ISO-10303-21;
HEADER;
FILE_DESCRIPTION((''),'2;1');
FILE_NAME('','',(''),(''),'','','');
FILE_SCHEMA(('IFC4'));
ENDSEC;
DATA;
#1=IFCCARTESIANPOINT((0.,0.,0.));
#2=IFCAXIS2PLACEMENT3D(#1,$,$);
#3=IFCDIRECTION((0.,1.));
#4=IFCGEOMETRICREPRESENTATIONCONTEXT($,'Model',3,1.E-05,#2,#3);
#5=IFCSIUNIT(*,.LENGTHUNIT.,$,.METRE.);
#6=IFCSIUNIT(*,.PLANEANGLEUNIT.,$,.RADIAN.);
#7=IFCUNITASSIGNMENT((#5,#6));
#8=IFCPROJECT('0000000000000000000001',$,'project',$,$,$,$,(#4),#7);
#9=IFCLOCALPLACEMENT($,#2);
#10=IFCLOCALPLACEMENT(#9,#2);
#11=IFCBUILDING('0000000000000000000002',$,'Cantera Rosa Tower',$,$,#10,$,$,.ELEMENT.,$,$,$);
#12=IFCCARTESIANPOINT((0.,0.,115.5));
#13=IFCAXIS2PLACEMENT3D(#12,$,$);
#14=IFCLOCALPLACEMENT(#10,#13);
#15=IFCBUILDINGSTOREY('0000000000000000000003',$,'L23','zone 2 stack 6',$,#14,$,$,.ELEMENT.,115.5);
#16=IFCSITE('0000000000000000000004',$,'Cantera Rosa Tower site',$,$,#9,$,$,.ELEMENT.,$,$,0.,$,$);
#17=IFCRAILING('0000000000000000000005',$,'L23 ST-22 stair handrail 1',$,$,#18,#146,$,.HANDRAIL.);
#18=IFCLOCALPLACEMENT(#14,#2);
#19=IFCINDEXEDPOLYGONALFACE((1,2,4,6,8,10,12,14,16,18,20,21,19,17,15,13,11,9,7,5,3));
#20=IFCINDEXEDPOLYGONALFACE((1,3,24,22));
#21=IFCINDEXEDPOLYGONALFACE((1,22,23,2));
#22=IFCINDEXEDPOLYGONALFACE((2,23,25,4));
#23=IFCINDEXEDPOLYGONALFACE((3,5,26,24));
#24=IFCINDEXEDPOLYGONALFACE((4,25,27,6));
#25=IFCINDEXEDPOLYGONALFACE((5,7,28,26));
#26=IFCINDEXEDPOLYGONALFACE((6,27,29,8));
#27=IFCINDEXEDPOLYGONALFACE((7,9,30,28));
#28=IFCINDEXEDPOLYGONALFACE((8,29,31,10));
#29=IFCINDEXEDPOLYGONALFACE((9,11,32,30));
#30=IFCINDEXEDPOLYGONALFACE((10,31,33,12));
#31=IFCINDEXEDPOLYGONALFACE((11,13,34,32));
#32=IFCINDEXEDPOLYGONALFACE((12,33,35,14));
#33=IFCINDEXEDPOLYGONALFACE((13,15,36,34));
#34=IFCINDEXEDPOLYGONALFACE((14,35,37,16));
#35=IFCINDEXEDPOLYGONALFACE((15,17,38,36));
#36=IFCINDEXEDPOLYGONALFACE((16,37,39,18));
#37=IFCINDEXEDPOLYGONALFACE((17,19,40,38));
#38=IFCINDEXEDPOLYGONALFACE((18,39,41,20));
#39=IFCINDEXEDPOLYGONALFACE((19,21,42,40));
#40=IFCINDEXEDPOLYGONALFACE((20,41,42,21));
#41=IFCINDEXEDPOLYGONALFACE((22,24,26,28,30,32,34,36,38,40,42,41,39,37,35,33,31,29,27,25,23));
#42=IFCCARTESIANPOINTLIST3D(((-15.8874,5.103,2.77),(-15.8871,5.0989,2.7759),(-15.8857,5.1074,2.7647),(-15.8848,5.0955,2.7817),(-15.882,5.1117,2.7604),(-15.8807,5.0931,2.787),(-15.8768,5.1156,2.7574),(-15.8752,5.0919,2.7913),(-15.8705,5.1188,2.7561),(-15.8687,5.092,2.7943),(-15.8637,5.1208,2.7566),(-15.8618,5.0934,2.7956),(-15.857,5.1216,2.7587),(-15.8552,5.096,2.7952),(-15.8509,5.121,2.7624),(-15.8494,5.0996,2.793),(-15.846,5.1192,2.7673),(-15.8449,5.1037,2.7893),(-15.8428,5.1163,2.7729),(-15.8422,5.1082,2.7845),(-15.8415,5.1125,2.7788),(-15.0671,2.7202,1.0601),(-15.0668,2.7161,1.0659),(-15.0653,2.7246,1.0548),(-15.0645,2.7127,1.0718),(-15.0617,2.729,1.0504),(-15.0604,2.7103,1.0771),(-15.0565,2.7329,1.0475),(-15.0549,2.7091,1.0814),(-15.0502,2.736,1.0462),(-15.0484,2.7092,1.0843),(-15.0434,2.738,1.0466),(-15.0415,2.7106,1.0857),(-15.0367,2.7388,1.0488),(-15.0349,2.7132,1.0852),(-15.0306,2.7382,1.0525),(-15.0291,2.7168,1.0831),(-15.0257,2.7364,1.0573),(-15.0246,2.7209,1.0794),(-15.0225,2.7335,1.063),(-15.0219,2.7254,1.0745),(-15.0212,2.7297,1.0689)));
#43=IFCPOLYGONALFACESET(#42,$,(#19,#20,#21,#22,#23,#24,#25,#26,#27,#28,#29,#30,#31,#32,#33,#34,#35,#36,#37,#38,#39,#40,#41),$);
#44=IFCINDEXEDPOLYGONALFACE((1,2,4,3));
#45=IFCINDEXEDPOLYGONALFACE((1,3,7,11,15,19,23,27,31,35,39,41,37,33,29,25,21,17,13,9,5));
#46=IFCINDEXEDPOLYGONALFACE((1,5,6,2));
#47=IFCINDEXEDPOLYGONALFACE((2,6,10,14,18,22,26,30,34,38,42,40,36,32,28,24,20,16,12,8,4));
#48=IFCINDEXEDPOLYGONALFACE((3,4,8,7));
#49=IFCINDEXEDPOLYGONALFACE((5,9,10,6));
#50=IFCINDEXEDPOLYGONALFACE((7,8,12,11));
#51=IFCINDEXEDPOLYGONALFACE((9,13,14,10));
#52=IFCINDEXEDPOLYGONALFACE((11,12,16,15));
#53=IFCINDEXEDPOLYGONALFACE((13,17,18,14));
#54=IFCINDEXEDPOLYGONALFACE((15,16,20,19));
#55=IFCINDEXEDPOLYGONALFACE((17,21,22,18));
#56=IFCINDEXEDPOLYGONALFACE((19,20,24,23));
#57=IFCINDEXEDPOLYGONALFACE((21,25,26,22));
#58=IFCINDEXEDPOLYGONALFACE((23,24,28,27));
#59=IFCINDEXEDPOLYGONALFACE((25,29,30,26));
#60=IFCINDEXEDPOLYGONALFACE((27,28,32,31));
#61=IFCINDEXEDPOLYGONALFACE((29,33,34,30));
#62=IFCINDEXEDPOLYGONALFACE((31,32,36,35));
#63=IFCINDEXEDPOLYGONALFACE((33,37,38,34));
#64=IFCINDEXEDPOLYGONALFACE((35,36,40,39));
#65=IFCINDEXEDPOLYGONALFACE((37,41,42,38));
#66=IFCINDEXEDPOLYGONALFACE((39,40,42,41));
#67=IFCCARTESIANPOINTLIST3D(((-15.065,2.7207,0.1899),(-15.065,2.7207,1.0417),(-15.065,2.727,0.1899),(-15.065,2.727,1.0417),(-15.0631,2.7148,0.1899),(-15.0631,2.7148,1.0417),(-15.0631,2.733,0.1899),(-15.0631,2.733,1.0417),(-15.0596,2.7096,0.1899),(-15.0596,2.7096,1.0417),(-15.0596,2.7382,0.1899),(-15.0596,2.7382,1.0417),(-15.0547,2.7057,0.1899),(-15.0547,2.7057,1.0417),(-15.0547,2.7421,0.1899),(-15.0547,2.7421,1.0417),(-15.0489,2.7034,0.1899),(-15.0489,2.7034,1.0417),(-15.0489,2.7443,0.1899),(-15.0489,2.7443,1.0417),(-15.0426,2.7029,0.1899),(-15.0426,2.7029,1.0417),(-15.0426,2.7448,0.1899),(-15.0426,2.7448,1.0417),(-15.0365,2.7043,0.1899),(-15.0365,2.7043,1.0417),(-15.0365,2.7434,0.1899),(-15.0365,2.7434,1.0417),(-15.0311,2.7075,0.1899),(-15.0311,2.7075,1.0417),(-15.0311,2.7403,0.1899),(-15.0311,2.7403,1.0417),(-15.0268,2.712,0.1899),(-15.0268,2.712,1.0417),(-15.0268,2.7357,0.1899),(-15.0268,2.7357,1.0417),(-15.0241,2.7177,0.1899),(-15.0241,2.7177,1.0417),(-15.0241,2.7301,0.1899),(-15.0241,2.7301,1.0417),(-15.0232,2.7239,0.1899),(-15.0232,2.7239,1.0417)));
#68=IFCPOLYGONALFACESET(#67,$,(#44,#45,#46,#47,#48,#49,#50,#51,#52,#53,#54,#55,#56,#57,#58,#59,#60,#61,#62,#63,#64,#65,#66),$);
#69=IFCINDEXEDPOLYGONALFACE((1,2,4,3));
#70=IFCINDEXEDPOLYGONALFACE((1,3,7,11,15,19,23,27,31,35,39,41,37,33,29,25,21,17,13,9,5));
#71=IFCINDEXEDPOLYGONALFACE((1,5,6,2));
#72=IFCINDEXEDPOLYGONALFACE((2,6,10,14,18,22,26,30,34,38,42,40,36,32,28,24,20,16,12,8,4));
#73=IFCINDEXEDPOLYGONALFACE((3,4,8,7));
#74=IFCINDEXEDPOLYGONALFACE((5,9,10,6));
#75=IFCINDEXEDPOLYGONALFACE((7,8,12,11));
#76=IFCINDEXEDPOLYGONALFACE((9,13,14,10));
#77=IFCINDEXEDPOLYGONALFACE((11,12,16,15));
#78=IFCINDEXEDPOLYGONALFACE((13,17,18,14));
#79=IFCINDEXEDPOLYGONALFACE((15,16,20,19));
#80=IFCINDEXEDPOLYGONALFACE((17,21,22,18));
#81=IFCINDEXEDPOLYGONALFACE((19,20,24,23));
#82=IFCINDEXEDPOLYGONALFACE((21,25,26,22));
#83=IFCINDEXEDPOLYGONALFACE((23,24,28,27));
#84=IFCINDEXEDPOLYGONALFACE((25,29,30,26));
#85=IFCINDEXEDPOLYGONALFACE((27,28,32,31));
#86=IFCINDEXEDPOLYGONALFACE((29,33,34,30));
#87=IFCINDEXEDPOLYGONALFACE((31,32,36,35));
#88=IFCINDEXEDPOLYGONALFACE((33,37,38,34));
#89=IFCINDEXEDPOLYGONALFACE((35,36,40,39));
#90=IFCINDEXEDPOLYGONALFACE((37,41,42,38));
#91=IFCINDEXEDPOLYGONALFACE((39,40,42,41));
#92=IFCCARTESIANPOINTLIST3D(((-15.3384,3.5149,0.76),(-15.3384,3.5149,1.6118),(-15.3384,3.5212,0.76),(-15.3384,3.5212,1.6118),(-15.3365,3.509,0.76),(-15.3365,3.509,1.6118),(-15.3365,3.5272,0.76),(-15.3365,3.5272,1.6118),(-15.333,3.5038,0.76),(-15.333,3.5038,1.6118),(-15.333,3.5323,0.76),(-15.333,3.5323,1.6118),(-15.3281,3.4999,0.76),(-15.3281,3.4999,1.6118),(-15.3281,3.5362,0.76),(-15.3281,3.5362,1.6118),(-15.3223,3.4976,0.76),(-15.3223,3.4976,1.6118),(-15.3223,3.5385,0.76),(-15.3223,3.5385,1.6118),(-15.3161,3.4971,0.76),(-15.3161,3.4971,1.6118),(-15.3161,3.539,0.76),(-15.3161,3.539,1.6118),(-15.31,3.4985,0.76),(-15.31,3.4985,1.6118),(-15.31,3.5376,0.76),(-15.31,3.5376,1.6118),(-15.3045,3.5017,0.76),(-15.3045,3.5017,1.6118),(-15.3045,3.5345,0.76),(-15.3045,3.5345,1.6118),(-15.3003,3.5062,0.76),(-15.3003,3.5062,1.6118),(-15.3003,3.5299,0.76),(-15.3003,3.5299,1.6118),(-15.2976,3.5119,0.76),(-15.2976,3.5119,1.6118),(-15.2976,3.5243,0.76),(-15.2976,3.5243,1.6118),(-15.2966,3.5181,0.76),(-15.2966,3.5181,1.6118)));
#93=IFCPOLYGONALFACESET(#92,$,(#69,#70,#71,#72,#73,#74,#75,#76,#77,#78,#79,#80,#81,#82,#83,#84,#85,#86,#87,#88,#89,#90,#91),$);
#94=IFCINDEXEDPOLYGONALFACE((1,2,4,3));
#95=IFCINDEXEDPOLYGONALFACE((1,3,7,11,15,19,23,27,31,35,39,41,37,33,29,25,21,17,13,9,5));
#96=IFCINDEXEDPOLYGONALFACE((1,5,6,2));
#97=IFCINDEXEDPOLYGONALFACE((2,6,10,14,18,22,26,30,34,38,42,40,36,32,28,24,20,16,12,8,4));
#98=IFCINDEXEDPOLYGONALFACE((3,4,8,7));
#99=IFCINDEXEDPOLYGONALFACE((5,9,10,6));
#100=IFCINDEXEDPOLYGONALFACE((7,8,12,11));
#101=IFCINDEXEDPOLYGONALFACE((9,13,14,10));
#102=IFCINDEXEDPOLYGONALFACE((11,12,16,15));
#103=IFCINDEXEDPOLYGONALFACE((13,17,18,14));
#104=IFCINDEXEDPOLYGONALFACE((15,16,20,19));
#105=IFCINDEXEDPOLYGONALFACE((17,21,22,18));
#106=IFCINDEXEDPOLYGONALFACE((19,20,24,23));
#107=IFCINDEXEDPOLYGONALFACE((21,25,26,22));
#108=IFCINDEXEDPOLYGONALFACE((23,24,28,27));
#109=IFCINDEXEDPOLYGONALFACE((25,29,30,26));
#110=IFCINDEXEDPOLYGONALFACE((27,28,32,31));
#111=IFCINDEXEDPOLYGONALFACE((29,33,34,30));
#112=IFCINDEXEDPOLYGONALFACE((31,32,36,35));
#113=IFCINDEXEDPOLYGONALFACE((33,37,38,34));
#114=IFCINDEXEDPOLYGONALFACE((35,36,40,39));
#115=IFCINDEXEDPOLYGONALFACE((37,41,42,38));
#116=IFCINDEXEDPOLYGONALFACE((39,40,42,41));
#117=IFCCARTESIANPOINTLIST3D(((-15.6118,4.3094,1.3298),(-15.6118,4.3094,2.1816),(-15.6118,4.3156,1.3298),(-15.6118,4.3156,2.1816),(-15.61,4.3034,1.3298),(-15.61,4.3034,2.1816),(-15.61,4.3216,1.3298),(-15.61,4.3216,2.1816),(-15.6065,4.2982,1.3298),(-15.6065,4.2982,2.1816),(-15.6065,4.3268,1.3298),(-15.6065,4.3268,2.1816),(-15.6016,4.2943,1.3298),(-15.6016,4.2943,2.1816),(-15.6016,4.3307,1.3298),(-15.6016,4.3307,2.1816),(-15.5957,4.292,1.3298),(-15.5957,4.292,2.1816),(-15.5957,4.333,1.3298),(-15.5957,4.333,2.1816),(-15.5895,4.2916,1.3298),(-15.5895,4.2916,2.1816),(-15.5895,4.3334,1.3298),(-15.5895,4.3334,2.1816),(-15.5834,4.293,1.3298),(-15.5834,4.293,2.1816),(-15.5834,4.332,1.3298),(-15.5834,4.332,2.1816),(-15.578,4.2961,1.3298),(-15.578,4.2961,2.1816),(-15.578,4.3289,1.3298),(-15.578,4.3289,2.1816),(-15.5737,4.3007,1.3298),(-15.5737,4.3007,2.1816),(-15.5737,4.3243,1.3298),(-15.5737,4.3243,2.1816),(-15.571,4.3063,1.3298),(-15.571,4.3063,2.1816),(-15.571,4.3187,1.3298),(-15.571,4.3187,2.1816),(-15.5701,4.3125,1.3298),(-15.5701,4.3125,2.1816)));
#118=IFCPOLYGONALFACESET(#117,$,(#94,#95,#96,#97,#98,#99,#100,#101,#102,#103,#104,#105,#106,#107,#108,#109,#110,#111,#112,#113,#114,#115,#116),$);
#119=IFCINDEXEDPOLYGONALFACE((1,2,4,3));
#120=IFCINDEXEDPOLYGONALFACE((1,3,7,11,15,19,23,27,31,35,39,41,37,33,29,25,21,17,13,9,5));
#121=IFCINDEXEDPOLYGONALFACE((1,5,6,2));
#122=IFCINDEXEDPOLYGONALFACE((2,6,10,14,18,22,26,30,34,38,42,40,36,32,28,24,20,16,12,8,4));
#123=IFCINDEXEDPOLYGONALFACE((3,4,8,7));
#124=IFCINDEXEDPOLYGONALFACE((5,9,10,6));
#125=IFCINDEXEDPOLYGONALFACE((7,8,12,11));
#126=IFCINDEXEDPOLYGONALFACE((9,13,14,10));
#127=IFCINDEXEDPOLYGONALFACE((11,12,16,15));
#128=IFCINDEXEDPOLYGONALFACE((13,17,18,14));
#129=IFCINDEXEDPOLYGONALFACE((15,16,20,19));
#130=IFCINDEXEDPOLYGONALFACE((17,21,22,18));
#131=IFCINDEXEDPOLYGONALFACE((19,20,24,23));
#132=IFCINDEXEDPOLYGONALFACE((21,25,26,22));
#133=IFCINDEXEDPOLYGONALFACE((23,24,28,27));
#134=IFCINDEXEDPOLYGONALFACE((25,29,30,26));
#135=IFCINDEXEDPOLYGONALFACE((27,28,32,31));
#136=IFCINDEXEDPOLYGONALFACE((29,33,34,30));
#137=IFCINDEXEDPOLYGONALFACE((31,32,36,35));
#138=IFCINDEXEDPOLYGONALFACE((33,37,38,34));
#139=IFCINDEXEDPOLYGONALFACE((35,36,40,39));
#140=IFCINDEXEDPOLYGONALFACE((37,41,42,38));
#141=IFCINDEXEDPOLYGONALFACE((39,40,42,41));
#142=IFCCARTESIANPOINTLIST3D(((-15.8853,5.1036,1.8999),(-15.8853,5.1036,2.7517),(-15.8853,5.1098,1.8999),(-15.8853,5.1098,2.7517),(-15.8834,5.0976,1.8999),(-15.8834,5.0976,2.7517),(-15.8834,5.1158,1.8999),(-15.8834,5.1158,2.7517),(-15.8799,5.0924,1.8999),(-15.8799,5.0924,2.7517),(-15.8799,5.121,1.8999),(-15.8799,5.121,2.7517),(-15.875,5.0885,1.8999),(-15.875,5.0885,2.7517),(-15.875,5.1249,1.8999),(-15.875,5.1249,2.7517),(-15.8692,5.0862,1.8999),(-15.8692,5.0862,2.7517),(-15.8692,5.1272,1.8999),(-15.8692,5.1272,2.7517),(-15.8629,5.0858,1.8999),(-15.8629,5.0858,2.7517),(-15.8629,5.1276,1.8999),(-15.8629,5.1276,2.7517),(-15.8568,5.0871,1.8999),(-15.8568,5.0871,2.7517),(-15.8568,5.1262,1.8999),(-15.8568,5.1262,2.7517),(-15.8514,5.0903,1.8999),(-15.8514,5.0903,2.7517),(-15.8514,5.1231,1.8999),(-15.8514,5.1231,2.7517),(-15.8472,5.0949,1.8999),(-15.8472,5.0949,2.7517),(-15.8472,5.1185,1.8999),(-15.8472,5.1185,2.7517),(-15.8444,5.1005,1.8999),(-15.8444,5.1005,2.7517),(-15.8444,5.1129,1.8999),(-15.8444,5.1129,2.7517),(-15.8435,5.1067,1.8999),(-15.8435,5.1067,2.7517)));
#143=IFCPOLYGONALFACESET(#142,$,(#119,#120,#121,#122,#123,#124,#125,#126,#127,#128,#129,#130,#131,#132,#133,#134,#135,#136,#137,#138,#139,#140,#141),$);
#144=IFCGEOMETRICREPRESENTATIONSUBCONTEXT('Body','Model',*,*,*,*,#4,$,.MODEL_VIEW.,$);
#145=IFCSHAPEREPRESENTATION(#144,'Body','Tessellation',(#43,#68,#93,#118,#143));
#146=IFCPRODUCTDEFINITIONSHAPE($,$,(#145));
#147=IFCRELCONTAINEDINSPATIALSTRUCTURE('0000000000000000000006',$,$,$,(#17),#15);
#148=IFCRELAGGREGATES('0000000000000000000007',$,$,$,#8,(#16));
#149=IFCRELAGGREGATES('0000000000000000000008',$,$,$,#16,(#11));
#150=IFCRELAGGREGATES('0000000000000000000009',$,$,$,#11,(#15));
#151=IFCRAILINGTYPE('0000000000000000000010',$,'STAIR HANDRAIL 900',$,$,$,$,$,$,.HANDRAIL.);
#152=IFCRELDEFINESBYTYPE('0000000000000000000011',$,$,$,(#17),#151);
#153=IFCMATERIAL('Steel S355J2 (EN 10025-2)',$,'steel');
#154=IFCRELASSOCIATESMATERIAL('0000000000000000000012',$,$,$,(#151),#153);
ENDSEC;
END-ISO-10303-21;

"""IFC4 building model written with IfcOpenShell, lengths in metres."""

from ifc_helpers import new_model, si_unit, direction, frame, origin, origin_2d, place, context, subcontext, project, spatial, circle, extrude, material, type_object, element, save


model = new_model("IFC4")

# Units and contexts
model_context = context("Model", 3, precision=1e-05, world=origin(), true_north=direction((0.0, 1.0)))
body_context = subcontext(model_context, "Body", "Model", "MODEL_VIEW")
ifc_project = project(units=[si_unit("LENGTHUNIT", "METRE"), si_unit("PLANEANGLEUNIT", "RADIAN")], contexts=[model_context])

# Site, building, storey
site_placement = place(None, origin())
site = spatial("IfcSite", under=ifc_project, at=site_placement, Name="Cantera Rosa Tower site", CompositionType="ELEMENT", RefElevation=0.0)
building_placement = place(site_placement, origin())
building = spatial("IfcBuilding", under=site, at=building_placement, Name="Cantera Rosa Tower", CompositionType="ELEMENT")
storey_placement = place(building_placement, frame((0.0, 0.0, 115.5)))
storey = spatial("IfcBuildingStorey", under=building, at=storey_placement, Name="L23", Description="zone 2 stack 6", CompositionType="ELEMENT", Elevation=115.5)

# Railing
ifc_material_1 = material(Name="Steel S355J2 (EN 10025-2)", Category="steel")
railing_type_1 = type_object("IfcRailingType", Name="STAIR HANDRAIL 900", PredefinedType="HANDRAIL", material=ifc_material_1)
railing_1_placement = place(storey_placement, frame((-15.0442, 2.7239, 0.1899)))
element("IfcRailing", 1, at=railing_1_placement, inside=storey, type_object=railing_type_1, Name="L23 ST-22 stair handrail 1", PredefinedType="HANDRAIL", context=body_context, shape_type="SweptSolid", body=[
    extrude(circle(Radius=0.0239, at=origin_2d()), frame((0.0, 0.0, 0.876), z_axis=(-0.269358, 0.782421, 0.561483), x_axis=(-0.945538, -0.325513, 0.0)), (0.0, 0.0, 1.0), 3.0454),
    extrude(circle(Radius=0.021, at=origin_2d()), origin(), (0.0, 0.0, 1.0), 0.8518),
    extrude(circle(Radius=0.021, at=origin_2d()), frame((-0.2734, 0.7942, 0.5701)), (0.0, 0.0, 1.0), 0.8518),
    extrude(circle(Radius=0.021, at=origin_2d()), frame((-0.5469, 1.5886, 1.1399)), (0.0, 0.0, 1.0), 0.8518),
    extrude(circle(Radius=0.021, at=origin_2d()), frame((-0.8203, 2.3828, 1.71)), (0.0, 0.0, 1.0), 0.8518),
])

save(model, "model.ifc")
